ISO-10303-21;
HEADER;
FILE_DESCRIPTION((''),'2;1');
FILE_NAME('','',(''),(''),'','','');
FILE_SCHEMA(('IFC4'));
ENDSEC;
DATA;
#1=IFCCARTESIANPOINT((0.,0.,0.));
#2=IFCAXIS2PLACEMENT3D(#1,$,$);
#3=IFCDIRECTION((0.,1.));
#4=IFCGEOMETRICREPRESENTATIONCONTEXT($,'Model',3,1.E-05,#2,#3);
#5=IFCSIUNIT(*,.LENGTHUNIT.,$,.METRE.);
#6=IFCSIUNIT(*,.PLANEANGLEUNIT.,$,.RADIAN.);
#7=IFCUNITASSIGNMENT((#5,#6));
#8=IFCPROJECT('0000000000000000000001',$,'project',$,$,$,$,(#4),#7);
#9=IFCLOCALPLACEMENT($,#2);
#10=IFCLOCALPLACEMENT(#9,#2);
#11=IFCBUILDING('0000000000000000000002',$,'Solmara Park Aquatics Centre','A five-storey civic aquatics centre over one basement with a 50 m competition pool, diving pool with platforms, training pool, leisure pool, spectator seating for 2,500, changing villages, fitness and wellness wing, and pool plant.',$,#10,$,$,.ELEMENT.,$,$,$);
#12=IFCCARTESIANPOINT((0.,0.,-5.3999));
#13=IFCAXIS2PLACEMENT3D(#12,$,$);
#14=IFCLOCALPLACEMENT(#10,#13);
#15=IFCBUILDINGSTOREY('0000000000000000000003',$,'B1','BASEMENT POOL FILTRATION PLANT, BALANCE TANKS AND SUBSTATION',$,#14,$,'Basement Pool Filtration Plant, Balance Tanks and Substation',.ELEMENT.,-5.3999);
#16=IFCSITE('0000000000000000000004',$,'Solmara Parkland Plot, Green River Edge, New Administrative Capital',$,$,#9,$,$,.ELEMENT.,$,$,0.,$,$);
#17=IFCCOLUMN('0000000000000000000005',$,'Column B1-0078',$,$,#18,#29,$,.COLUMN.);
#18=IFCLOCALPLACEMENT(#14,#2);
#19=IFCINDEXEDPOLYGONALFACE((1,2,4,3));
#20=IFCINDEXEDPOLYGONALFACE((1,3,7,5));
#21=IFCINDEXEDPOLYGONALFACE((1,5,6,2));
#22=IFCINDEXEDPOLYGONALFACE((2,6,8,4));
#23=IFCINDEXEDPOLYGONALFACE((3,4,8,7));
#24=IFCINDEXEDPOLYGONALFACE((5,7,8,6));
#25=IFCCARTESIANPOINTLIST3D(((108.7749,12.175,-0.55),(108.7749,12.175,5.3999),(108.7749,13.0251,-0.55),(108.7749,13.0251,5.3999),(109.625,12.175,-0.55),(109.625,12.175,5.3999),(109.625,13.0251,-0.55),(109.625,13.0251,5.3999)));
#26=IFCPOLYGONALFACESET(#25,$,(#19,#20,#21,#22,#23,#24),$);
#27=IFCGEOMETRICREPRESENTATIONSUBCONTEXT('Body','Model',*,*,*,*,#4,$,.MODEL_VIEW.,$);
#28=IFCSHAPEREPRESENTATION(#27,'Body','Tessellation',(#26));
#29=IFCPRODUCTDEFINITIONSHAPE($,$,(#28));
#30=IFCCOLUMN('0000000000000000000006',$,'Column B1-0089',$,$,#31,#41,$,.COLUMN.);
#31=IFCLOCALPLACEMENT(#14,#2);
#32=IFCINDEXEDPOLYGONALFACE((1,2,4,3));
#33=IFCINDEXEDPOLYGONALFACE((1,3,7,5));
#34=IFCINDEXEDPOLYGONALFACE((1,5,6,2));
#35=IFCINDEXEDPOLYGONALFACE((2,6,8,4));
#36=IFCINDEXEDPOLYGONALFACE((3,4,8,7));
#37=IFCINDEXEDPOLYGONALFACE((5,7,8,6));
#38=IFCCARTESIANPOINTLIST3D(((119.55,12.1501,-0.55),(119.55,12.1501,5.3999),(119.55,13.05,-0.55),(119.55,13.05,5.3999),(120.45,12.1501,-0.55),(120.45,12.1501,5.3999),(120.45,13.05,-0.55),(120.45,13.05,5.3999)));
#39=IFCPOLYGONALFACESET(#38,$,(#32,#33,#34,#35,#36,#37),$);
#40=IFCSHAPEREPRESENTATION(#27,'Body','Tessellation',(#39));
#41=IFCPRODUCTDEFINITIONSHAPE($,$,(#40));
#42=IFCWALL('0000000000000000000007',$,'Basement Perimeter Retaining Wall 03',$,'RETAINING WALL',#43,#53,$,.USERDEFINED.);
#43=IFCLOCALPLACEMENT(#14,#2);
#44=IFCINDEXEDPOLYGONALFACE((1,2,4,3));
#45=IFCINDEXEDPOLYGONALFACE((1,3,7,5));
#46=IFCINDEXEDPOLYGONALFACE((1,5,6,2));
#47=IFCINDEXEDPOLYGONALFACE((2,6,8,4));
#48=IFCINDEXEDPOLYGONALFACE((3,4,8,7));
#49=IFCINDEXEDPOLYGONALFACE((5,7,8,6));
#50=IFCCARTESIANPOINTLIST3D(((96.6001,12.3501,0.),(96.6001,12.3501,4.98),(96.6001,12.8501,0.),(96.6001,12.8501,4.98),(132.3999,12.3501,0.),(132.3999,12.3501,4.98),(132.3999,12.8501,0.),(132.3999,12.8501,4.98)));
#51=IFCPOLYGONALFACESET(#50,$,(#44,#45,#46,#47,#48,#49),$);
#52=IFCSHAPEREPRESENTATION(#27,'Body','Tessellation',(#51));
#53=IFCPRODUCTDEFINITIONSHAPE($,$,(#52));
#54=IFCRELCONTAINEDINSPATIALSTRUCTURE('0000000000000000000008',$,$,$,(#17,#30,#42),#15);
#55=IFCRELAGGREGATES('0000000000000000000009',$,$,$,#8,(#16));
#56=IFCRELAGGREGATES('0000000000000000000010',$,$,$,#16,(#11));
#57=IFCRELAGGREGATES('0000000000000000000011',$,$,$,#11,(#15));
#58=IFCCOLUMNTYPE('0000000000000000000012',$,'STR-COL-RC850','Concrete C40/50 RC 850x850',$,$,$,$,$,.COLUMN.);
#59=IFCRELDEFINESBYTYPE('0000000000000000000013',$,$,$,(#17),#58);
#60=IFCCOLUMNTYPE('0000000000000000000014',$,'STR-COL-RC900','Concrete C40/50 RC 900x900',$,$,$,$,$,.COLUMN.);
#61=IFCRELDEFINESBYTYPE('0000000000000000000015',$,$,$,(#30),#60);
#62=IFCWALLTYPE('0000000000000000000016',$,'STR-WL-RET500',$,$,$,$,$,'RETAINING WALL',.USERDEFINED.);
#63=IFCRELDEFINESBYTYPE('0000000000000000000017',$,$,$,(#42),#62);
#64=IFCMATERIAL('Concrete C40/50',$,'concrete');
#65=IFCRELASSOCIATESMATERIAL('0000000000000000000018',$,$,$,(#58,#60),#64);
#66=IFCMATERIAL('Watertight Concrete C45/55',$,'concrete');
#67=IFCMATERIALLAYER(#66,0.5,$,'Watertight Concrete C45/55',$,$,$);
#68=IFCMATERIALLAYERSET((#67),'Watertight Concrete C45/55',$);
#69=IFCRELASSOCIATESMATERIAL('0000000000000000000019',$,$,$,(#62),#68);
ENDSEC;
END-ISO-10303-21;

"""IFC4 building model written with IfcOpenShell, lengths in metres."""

from ifc_helpers import new_model, si_unit, direction, frame, frame_2d, origin, origin_2d, place, context, subcontext, project, spatial, rectangle, extrude, material, layer, layer_set, material_profile, profile_set, type_object, element, save


model = new_model("IFC4")

# Units and contexts
model_context = context("Model", 3, precision=1e-05, world=origin(), true_north=direction((0.0, 1.0)))
body_context = subcontext(model_context, "Body", "Model", "MODEL_VIEW")
ifc_project = project(units=[si_unit("LENGTHUNIT", "METRE"), si_unit("PLANEANGLEUNIT", "RADIAN")], contexts=[model_context])

# Site, building, storey
site_placement = place(None, origin())
site = spatial("IfcSite", under=ifc_project, at=site_placement, Name="Solmara Parkland Plot, Green River Edge, New Administrative Capital", CompositionType="ELEMENT", RefElevation=0.0)
building_placement = place(site_placement, origin())
building = spatial("IfcBuilding", under=site, at=building_placement, Name="Solmara Park Aquatics Centre", Description="A five-storey civic aquatics centre over one basement with a 50 m competition pool, diving pool with platforms, training pool, leisure pool, spectator seating for 2,500, changing villages, fitness and wellness wing, and pool plant.", CompositionType="ELEMENT")
storey_placement = place(building_placement, frame((0.0, 0.0, -5.3999)))
storey = spatial("IfcBuildingStorey", under=building, at=storey_placement, Name="B1", Description="BASEMENT POOL FILTRATION PLANT, BALANCE TANKS AND SUBSTATION", LongName="Basement Pool Filtration Plant, Balance Tanks and Substation", CompositionType="ELEMENT", Elevation=-5.3999)

# Shared definitions
ifc_material_1 = material(Name="Watertight Concrete C45/55", Category="concrete")

# Columns
ifc_material_2 = material(Name="Concrete C40/50", Category="concrete")
ifc_material_profile_1 = material_profile(ifc_material_2, rectangle(XDim=0.8501, YDim=0.8501, at=origin_2d()), Name="RC 850x850")
ifc_profile_set_1 = profile_set([ifc_material_profile_1], Name="Concrete C40/50")
column_type_1 = type_object("IfcColumnType", Name="STR-COL-RC850", Description="Concrete C40/50 RC 850x850", PredefinedType="COLUMN", material=ifc_profile_set_1)
column_1_placement = place(storey_placement, frame((109.2, 12.6001, -0.55), z_axis=(0.0, 0.0, 1.0), x_axis=(1.0, 0.0, 0.0)))
element("IfcColumn", 1, at=column_1_placement, inside=storey, type_object=column_type_1, Name="Column B1-0078", PredefinedType="COLUMN", context=body_context, shape_type="SweptSolid", body=[
    extrude(rectangle(XDim=0.8501, YDim=0.8501, at=origin_2d()), origin(), (0.0, 0.0, 1.0), 5.95),
])
ifc_material_profile_2 = material_profile(ifc_material_2, rectangle(XDim=0.8999, YDim=0.8999, at=origin_2d()), Name="RC 900x900")
ifc_profile_set_2 = profile_set([ifc_material_profile_2], Name="Concrete C40/50")
column_type_2 = type_object("IfcColumnType", Name="STR-COL-RC900", Description="Concrete C40/50 RC 900x900", PredefinedType="COLUMN", material=ifc_profile_set_2)
column_2_placement = place(storey_placement, frame((120.0, 12.6001, -0.55), z_axis=(0.0, 0.0, 1.0), x_axis=(1.0, 0.0, 0.0)))
element("IfcColumn", 2, at=column_2_placement, inside=storey, type_object=column_type_2, Name="Column B1-0089", PredefinedType="COLUMN", context=body_context, shape_type="SweptSolid", body=[
    extrude(rectangle(XDim=0.8999, YDim=0.8999, at=origin_2d()), origin(), (0.0, 0.0, 1.0), 5.95),
])

# Wall
ifc_layer = layer(ifc_material_1, 0.5, Name="Watertight Concrete C45/55")
ifc_layer_set = layer_set([ifc_layer], Name="Watertight Concrete C45/55")
wall_type = type_object("IfcWallType", Name="STR-WL-RET500", ElementType="RETAINING WALL", PredefinedType="USERDEFINED", material=ifc_layer_set)
wall_placement = place(storey_placement, frame((96.6001, 12.6001, 0.0), z_axis=(0.0, 0.0, 1.0), x_axis=(1.0, 0.0, 0.0)))
element("IfcWall", 3, at=wall_placement, inside=storey, type_object=wall_type, Name="Basement Perimeter Retaining Wall 03", ObjectType="RETAINING WALL", PredefinedType="USERDEFINED", context=body_context, shape_type="SweptSolid", body=[
    extrude(rectangle(XDim=35.7998, YDim=0.5, at=frame_2d((17.8999, 0.0))), origin(), (0.0, 0.0, 1.0), 4.98),
])

save(model, "model.ifc")
